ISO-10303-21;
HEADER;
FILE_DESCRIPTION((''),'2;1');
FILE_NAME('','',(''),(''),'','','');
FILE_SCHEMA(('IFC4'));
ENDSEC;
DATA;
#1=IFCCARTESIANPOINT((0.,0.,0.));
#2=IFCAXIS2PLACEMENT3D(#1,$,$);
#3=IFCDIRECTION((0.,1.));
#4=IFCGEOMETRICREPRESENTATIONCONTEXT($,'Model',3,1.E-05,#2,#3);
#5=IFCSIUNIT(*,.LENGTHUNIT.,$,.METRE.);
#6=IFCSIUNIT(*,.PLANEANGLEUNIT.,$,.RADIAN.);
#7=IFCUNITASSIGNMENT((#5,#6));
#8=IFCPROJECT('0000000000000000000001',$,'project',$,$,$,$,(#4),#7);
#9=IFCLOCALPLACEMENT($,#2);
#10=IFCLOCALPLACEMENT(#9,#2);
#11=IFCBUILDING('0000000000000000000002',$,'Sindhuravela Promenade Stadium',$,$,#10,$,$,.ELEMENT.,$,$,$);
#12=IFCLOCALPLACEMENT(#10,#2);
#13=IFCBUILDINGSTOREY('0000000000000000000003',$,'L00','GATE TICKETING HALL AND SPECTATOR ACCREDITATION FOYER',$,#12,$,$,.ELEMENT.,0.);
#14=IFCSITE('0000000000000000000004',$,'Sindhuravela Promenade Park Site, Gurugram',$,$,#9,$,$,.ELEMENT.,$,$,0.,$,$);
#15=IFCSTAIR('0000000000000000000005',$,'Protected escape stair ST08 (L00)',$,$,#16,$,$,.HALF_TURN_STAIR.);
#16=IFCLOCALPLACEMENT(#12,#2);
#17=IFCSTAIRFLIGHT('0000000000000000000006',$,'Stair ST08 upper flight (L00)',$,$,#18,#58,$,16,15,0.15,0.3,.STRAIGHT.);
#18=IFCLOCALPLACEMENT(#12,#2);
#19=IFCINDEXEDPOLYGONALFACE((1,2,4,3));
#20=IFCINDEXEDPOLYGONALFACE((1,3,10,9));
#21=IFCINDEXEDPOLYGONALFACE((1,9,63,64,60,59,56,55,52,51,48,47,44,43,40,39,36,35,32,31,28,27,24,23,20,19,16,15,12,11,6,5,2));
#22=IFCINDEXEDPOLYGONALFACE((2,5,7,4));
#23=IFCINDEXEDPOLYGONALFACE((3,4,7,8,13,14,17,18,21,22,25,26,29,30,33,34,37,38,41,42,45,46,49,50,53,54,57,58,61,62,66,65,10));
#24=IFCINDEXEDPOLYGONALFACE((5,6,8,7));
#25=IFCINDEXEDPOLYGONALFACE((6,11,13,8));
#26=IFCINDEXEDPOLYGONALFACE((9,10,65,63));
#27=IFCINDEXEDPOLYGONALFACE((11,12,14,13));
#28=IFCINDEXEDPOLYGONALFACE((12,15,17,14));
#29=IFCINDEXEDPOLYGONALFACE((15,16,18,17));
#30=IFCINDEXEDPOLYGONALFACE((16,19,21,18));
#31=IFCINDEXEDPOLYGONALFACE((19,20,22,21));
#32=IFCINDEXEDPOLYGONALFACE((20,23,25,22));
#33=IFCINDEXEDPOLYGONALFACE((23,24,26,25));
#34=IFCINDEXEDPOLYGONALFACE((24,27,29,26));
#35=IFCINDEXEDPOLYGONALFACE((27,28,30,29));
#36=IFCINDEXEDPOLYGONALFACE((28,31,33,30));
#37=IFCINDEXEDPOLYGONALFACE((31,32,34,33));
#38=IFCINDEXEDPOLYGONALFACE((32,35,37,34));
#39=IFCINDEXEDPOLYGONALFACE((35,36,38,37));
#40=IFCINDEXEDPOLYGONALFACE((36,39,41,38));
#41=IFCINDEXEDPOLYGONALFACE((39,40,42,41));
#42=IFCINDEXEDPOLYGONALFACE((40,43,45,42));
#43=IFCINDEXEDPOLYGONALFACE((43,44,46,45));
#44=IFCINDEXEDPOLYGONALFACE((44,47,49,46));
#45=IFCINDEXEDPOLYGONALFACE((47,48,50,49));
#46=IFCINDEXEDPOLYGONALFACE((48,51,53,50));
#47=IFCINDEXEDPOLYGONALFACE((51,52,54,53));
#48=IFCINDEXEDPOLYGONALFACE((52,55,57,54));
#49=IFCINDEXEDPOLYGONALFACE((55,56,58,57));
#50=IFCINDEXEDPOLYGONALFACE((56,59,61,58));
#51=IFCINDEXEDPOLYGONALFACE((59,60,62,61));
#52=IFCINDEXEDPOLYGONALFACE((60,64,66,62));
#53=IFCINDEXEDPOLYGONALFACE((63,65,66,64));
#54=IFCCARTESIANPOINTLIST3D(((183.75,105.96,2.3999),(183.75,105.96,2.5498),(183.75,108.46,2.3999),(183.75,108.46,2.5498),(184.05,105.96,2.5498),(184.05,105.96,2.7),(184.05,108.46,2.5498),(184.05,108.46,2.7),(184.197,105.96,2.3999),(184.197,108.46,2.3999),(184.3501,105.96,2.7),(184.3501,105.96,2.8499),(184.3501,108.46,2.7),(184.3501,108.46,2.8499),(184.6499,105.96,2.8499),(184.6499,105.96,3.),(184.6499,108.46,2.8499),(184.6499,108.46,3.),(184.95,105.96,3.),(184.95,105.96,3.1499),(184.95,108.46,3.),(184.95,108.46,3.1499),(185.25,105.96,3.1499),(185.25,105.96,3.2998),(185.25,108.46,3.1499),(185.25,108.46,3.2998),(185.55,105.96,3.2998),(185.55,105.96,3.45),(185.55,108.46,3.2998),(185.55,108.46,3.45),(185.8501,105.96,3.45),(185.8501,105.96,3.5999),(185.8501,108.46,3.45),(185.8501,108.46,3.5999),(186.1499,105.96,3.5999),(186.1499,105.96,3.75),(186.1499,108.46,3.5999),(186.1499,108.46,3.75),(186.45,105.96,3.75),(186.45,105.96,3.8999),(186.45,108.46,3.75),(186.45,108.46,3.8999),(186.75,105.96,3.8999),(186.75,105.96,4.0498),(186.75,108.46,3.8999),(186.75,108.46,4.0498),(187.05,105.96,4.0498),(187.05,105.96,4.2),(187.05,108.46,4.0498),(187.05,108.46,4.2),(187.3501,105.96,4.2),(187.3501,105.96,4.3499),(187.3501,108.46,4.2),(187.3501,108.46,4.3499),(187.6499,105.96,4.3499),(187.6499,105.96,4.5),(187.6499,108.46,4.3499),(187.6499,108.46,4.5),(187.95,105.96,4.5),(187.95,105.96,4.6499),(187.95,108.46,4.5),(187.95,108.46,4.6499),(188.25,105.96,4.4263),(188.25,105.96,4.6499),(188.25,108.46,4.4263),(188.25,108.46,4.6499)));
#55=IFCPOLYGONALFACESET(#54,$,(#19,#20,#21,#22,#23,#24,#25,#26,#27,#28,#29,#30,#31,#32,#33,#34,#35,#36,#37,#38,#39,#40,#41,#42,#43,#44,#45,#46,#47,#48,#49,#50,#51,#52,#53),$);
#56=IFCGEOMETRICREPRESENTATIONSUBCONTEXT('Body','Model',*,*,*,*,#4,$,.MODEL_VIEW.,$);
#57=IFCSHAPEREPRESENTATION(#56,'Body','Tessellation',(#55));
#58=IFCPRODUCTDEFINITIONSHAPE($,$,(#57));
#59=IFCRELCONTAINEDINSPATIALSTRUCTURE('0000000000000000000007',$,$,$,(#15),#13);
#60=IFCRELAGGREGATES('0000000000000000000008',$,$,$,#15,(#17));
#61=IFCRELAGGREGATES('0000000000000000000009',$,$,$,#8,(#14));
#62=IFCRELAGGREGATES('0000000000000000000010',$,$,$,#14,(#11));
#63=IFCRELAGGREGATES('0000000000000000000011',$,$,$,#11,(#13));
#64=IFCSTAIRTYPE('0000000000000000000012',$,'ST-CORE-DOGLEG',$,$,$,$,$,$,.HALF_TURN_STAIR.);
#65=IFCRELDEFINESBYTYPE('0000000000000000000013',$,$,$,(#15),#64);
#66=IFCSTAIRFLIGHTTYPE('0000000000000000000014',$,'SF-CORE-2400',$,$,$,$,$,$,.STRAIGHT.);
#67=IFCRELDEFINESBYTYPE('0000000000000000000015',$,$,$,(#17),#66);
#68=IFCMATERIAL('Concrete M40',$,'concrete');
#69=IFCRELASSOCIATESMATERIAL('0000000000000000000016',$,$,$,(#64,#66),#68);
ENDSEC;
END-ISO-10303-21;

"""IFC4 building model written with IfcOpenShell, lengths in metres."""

from ifc_helpers import new_model, si_unit, direction, frame, origin, place, context, subcontext, project, spatial, polyline, outline, extrude, material, type_object, element, aggregate, save


model = new_model("IFC4")

# Units and contexts
model_context = context("Model", 3, precision=1e-05, world=origin(), true_north=direction((0.0, 1.0)))
body_context = subcontext(model_context, "Body", "Model", "MODEL_VIEW")
ifc_project = project(units=[si_unit("LENGTHUNIT", "METRE"), si_unit("PLANEANGLEUNIT", "RADIAN")], contexts=[model_context])

# Site, building, storey
site_placement = place(None, origin())
site = spatial("IfcSite", under=ifc_project, at=site_placement, Name="Sindhuravela Promenade Park Site, Gurugram", CompositionType="ELEMENT", RefElevation=0.0)
building_placement = place(site_placement, origin())
building = spatial("IfcBuilding", under=site, at=building_placement, Name="Sindhuravela Promenade Stadium", CompositionType="ELEMENT")
storey_placement = place(building_placement, origin())
storey = spatial("IfcBuildingStorey", under=building, at=storey_placement, Name="L00", Description="GATE TICKETING HALL AND SPECTATOR ACCREDITATION FOYER", CompositionType="ELEMENT", Elevation=0.0)

# Shared definitions
ifc_material_1 = material(Name="Concrete M40", Category="concrete")

# Stair, stair flight
stair_type = type_object("IfcStairType", Name="ST-CORE-DOGLEG", PredefinedType="HALF_TURN_STAIR", material=ifc_material_1)
stair_placement = place(storey_placement, origin())
stair = element("IfcStair", 1, at=stair_placement, inside=storey, type_object=stair_type, Name="Protected escape stair ST08 (L00)", PredefinedType="HALF_TURN_STAIR")
stair_flight_type = type_object("IfcStairFlightType", Name="SF-CORE-2400", PredefinedType="STRAIGHT", material=ifc_material_1)
stair_flight_1_placement = place(storey_placement, frame((183.75, 107.21, 2.3999), z_axis=(0.0, 0.0, 1.0), x_axis=(1.0, 0.0, 0.0)))
stair_flight_1 = element("IfcStairFlight", 2, at=stair_flight_1_placement, type_object=stair_flight_type, Name="Stair ST08 upper flight (L00)", NumberOfRisers=16, NumberOfTreads=15, PredefinedType="STRAIGHT", RiserHeight=0.15, TreadLength=0.3, context=body_context, shape_type="SweptSolid", body=[
    extrude(outline(polyline([(0.0, 0.0), (0.0, 0.1499), (0.3, 0.1499), (0.3, 0.3), (0.6001, 0.3), (0.6001, 0.45), (0.8999, 0.45), (0.8999, 0.6001), (1.2, 0.6001), (1.2, 0.75), (1.5, 0.75), (1.5, 0.8999), (1.8, 0.8999), (1.8, 1.05), (2.1001, 1.05), (2.1001, 1.2), (2.3999, 1.2), (2.3999, 1.3501), (2.7, 1.3501), (2.7, 1.5), (3.0, 1.5), (3.0, 1.6499), (3.3, 1.6499), (3.3, 1.8), (3.6001, 1.8), (3.6001, 1.95), (3.8999, 1.95), (3.8999, 2.1001), (4.2, 2.1001), (4.2, 2.25), (4.5, 2.25), (4.5, 2.3999), (4.5, 2.0264), (0.447, 0.0), (0.0, 0.0)])), frame((0.0, 1.25, 0.0), z_axis=(0.0, -1.0, 0.0), x_axis=(1.0, 0.0, 0.0)), (0.0, 0.0, 1.0), 2.5),
])
aggregate(stair, [stair_flight_1])

save(model, "model.ifc")
